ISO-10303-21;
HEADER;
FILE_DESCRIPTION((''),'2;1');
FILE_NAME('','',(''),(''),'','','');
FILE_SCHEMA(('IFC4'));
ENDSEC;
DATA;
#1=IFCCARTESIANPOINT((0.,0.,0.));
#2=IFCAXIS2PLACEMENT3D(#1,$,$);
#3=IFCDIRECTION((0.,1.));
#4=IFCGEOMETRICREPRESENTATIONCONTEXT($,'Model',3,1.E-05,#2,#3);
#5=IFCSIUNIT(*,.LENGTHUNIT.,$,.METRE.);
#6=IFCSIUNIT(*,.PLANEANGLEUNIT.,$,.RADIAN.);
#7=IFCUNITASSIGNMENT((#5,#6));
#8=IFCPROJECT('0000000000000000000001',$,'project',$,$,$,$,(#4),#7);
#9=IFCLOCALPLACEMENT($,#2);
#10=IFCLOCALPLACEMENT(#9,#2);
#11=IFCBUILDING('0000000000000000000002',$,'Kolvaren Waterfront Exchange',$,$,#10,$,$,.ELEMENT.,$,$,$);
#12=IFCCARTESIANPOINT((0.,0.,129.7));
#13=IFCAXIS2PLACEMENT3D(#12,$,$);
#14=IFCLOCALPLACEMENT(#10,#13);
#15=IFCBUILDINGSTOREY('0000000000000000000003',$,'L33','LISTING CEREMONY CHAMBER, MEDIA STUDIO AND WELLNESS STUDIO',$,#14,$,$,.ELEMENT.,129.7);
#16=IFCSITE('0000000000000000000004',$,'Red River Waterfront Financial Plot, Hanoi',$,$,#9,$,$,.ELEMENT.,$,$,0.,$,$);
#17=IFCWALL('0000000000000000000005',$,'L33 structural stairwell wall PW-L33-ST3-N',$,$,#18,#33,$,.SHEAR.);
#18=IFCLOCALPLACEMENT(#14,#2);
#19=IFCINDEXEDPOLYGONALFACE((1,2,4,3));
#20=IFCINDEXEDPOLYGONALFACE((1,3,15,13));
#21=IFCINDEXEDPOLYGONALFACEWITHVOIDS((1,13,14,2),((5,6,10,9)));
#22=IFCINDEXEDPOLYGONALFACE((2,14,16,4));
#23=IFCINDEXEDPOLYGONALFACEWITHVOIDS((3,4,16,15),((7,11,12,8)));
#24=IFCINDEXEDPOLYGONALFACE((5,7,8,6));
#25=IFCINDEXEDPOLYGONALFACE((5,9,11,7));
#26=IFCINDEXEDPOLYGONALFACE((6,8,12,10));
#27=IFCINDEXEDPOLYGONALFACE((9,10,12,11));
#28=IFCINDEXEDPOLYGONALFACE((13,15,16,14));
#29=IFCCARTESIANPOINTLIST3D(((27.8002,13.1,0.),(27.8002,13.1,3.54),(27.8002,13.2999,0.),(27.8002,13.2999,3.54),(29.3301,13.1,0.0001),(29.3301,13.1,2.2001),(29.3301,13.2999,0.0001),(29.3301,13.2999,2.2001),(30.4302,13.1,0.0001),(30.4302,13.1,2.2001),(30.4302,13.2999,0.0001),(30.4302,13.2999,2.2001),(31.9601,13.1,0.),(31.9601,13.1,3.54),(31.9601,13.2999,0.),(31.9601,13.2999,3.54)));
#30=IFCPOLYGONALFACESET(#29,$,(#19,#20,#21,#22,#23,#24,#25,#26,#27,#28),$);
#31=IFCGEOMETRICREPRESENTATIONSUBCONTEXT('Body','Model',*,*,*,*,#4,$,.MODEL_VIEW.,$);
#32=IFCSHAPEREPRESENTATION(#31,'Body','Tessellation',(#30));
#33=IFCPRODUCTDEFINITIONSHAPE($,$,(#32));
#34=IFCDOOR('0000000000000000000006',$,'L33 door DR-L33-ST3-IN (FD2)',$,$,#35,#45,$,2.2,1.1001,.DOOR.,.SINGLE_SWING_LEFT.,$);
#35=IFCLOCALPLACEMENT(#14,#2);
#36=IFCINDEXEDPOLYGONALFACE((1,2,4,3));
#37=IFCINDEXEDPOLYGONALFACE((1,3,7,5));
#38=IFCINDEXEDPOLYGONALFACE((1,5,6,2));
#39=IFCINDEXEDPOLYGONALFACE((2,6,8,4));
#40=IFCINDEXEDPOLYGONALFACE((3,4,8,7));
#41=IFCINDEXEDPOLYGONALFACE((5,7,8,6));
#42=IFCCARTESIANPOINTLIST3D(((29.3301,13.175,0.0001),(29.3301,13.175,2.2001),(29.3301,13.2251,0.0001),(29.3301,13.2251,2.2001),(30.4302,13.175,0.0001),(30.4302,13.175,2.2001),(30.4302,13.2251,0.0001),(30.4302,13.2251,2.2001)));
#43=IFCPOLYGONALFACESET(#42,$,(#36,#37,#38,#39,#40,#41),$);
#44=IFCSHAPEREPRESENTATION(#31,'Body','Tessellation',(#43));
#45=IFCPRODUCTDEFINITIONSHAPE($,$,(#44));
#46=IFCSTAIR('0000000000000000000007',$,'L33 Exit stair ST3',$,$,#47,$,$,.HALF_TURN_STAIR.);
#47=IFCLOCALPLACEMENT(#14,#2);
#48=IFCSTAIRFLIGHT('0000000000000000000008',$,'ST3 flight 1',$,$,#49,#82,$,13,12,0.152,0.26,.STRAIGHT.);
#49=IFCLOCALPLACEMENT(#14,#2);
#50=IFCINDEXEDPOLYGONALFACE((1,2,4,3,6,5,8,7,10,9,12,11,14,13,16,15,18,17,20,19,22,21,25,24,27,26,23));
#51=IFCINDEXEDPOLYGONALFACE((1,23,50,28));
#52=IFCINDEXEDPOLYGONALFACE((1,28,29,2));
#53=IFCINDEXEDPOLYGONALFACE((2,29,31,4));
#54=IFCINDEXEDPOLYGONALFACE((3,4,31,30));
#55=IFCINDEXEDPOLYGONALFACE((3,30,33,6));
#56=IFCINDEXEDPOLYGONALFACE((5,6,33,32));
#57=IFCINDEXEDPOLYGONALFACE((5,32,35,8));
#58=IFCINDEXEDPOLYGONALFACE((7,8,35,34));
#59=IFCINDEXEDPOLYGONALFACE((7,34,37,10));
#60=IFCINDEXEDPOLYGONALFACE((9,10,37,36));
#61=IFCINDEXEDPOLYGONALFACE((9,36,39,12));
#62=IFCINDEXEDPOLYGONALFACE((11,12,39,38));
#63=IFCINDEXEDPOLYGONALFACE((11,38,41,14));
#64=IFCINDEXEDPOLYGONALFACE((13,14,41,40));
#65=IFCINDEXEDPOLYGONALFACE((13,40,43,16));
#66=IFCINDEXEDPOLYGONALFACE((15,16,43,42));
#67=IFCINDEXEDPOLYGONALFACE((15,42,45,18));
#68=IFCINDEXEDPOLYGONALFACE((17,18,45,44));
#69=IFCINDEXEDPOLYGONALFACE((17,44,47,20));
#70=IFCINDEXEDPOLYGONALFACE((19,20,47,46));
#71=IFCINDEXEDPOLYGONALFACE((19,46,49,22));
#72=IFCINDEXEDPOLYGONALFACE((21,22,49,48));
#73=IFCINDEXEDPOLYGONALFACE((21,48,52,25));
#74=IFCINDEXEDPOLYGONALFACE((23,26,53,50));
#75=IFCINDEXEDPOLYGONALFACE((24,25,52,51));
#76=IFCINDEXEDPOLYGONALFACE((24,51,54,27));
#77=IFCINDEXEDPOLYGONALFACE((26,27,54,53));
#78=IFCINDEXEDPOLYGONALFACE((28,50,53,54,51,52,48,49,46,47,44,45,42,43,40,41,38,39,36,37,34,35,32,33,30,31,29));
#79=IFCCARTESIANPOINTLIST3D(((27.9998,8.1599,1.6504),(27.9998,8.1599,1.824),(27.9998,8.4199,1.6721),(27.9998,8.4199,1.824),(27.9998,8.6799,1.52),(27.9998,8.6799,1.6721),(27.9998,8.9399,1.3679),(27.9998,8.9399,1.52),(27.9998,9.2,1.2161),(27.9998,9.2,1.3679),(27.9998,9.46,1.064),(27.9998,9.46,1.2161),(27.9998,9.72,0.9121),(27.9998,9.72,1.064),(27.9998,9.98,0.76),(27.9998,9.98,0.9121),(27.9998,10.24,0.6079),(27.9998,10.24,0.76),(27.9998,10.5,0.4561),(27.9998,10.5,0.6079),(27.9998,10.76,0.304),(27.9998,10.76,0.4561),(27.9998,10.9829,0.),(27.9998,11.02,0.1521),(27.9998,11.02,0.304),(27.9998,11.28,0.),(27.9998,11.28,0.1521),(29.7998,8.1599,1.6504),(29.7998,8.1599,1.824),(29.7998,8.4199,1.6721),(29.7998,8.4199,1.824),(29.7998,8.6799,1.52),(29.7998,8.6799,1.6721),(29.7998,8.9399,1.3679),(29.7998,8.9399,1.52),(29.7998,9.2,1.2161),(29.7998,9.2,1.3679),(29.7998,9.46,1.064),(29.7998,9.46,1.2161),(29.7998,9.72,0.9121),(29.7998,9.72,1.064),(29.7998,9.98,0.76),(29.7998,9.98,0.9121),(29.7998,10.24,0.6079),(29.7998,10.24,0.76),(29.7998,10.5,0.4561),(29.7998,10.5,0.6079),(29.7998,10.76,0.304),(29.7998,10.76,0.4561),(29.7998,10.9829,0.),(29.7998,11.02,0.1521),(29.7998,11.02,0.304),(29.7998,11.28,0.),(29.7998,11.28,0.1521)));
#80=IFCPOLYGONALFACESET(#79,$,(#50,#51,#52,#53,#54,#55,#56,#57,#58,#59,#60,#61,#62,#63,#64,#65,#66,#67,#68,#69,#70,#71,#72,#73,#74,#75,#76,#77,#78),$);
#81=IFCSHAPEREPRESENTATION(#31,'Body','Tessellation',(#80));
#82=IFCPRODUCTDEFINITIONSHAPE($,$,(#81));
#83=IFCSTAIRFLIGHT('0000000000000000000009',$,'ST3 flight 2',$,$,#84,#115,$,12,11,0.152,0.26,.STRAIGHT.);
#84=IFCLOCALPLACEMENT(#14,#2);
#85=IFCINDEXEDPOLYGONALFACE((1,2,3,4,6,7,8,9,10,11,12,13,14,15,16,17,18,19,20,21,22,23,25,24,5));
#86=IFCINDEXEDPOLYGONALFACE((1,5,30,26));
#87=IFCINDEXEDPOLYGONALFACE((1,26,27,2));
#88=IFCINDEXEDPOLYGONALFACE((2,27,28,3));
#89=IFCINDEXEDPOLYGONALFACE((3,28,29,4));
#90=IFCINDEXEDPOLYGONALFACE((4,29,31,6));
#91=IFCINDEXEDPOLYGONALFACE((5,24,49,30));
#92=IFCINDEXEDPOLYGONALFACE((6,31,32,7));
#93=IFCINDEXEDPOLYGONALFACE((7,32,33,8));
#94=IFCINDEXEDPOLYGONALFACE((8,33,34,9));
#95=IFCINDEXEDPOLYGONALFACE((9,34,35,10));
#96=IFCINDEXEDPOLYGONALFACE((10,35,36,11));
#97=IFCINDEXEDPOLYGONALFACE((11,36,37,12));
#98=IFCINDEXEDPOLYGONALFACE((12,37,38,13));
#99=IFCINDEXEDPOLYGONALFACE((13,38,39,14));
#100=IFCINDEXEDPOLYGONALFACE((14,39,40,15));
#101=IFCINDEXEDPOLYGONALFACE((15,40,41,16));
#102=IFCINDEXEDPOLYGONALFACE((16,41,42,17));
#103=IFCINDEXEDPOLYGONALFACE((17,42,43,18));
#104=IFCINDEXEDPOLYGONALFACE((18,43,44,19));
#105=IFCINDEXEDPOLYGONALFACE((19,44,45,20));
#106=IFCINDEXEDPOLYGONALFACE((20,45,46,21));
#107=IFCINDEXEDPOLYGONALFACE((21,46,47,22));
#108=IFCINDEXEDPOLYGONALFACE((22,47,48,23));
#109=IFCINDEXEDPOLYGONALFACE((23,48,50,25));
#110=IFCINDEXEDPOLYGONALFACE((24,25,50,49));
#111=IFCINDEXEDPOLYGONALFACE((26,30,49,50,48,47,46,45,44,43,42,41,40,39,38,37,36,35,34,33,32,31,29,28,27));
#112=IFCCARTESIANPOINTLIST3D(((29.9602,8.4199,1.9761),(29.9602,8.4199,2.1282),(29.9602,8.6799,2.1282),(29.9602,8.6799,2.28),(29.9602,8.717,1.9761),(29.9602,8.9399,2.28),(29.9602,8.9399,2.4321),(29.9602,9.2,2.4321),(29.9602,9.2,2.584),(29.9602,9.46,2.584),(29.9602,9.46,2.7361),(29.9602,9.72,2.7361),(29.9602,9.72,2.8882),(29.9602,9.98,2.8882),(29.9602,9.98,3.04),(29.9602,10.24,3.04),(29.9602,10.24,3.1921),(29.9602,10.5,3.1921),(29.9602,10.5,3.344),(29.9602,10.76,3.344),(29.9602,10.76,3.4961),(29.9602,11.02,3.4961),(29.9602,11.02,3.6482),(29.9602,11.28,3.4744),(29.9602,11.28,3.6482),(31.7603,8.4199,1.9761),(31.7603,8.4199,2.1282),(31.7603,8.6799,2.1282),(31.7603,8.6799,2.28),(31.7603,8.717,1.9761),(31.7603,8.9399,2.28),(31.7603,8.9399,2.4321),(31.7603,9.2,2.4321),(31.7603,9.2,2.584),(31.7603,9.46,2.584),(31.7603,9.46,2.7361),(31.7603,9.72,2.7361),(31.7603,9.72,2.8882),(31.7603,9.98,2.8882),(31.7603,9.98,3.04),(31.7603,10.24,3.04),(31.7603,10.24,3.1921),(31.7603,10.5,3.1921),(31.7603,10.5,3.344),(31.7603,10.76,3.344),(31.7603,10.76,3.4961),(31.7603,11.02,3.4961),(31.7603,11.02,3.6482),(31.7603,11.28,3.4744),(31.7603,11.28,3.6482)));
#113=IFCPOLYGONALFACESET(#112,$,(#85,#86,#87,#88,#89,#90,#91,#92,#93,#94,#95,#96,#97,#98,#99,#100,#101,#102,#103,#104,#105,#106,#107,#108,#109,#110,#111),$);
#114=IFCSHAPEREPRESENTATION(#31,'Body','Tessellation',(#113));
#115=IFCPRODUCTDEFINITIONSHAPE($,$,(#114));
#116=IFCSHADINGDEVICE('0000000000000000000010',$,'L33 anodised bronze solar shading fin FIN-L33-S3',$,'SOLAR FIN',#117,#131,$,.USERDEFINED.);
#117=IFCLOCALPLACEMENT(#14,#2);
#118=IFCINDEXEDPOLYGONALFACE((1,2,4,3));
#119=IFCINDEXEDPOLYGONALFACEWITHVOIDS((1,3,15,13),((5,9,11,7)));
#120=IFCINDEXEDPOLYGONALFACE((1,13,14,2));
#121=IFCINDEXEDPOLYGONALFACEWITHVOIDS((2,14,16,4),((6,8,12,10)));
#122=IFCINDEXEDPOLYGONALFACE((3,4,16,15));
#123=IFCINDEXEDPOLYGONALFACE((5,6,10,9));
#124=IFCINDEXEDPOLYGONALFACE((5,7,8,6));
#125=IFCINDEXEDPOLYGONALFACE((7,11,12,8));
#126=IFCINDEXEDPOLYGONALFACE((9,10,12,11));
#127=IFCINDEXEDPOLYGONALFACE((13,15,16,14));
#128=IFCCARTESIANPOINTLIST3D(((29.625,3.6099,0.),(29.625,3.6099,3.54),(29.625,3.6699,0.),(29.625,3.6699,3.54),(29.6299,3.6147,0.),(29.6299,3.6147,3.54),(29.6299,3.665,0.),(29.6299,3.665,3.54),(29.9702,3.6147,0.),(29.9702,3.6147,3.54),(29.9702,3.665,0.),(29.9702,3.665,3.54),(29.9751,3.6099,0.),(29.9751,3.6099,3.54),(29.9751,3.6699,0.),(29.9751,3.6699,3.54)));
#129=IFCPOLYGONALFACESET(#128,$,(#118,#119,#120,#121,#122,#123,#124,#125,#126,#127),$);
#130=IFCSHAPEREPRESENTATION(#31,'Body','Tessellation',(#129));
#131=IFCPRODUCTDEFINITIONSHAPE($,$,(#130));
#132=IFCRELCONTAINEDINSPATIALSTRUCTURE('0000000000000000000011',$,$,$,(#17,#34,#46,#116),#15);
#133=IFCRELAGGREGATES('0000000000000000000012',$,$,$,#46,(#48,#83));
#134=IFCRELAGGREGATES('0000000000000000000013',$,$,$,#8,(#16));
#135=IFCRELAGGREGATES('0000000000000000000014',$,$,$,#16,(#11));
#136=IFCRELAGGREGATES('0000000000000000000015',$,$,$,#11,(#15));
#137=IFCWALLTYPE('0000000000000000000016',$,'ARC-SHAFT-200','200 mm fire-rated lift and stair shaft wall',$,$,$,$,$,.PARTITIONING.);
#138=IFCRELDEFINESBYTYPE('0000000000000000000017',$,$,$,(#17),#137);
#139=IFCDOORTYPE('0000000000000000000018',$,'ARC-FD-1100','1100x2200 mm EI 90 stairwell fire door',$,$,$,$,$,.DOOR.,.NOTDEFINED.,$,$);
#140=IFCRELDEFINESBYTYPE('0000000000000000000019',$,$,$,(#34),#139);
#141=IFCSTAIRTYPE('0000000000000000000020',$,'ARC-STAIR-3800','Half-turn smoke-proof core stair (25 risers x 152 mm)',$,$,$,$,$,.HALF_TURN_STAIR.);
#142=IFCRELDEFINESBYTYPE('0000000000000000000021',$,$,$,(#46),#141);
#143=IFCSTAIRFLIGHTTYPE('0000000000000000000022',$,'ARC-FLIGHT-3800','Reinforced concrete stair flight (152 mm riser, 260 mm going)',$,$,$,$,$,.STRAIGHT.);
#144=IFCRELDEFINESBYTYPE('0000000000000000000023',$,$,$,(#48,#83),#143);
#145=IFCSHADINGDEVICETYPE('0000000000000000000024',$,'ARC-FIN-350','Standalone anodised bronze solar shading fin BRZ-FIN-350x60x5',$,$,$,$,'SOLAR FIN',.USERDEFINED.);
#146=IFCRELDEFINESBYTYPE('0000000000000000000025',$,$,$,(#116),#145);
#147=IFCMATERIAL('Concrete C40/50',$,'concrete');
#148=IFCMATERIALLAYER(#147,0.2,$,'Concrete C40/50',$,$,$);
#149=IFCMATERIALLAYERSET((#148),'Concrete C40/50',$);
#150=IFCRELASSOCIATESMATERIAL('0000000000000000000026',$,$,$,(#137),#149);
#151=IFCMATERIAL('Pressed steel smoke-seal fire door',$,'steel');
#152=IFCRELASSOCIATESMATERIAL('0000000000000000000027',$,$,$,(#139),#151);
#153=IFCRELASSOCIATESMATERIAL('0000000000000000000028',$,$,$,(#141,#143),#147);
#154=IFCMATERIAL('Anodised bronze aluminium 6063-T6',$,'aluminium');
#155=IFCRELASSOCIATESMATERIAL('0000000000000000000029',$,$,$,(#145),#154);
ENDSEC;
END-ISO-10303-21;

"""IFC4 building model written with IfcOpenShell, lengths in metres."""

from ifc_helpers import new_model, si_unit, direction, frame, frame_2d, origin, origin_2d, place, context, subcontext, project, spatial, polyline, rectangle, hollow_rectangle, outline, extrude, material, layer, layer_set, material_profile, profile_set, type_object, element, fill, aggregate, save


model = new_model("IFC4")

# Units and contexts
model_context = context("Model", 3, precision=1e-05, world=origin(), true_north=direction((0.0, 1.0)))
body_context = subcontext(model_context, "Body", "Model", "MODEL_VIEW")
ifc_project = project(units=[si_unit("LENGTHUNIT", "METRE"), si_unit("PLANEANGLEUNIT", "RADIAN")], contexts=[model_context])

# Site, building, storey
site_placement = place(None, origin())
site = spatial("IfcSite", under=ifc_project, at=site_placement, Name="Red River Waterfront Financial Plot, Hanoi", CompositionType="ELEMENT", RefElevation=0.0)
building_placement = place(site_placement, origin())
building = spatial("IfcBuilding", under=site, at=building_placement, Name="Kolvaren Waterfront Exchange", CompositionType="ELEMENT")
storey_placement = place(building_placement, frame((0.0, 0.0, 129.7)))
storey = spatial("IfcBuildingStorey", under=building, at=storey_placement, Name="L33", Description="LISTING CEREMONY CHAMBER, MEDIA STUDIO AND WELLNESS STUDIO", CompositionType="ELEMENT", Elevation=129.7)

# Shared definitions
ifc_material_1 = material(Name="Anodised bronze aluminium 6063-T6", Category="aluminium")

# Shared definitions
ifc_material_2 = material(Name="Concrete C40/50", Category="concrete")
ifc_layer_1 = layer(ifc_material_2, 0.2, Name="Concrete C40/50")
ifc_layer_set_1 = layer_set([ifc_layer_1], Name="Concrete C40/50")
wall_type = type_object("IfcWallType", Name="ARC-SHAFT-200", Description="200 mm fire-rated lift and stair shaft wall", PredefinedType="PARTITIONING", material=ifc_layer_set_1)

# Wall, opening, door
wall_1_placement = place(storey_placement, frame((27.8, 13.2, 0.0), z_axis=(0.0, 0.0, 1.0), x_axis=(1.0, 0.0, 0.0)))
wall_1 = element("IfcWall", 1, at=wall_1_placement, inside=storey, type_object=wall_type, Name="L33 structural stairwell wall PW-L33-ST3-N", PredefinedType="SHEAR", context=body_context, shape_type="SweptSolid", body=[
    extrude(rectangle(XDim=4.1599, YDim=0.2, at=frame_2d((2.0801, 0.0))), origin(), (0.0, 0.0, 1.0), 3.54),
])
opening_placement = place(wall_1_placement, frame((1.53, 0.0, 0.0)))
opening = element("IfcOpeningElement", 2, at=opening_placement, cuts=wall_1, PredefinedType="OPENING", context=body_context, shape_type="SweptSolid", body=[
    extrude(rectangle(XDim=1.1001, YDim=2.2, at=frame_2d((0.55, 1.1001))), frame((0.0, 0.1099, 0.0), z_axis=(0.0, -1.0, 0.0), x_axis=(1.0, 0.0, 0.0)), (0.0, 0.0, 1.0), 0.22),
])
ifc_material_3 = material(Name="Pressed steel smoke-seal fire door", Category="steel")
door_type = type_object("IfcDoorType", Name="ARC-FD-1100", Description="1100x2200 mm EI 90 stairwell fire door", OperationType="NOTDEFINED", PredefinedType="DOOR", material=ifc_material_3)
door_placement = place(opening_placement, frame((1.1001, 0.0, 0.0), z_axis=(0.0, 0.0, 1.0), x_axis=(-1.0, 0.0, 0.0)))
door = element("IfcDoor", 3, at=door_placement, inside=storey, type_object=door_type, Name="L33 door DR-L33-ST3-IN (FD2)", OperationType="SINGLE_SWING_LEFT", OverallHeight=2.2, OverallWidth=1.1001, PredefinedType="DOOR", context=body_context, shape_type="SweptSolid", body=[
    extrude(rectangle(XDim=1.1001, YDim=2.2, at=frame_2d((0.55, 1.1001))), frame((0.0, 0.0249, 0.0), z_axis=(0.0, -1.0, 0.0), x_axis=(1.0, 0.0, 0.0)), (0.0, 0.0, 1.0), 0.05),
])
fill(opening, door)

# Stair, stair flights
stair_type = type_object("IfcStairType", Name="ARC-STAIR-3800", Description="Half-turn smoke-proof core stair (25 risers x 152 mm)", PredefinedType="HALF_TURN_STAIR", material=ifc_material_2)
stair_placement = place(storey_placement, origin())
stair = element("IfcStair", 4, at=stair_placement, inside=storey, type_object=stair_type, Name="L33 Exit stair ST3", PredefinedType="HALF_TURN_STAIR")
stair_flight_type = type_object("IfcStairFlightType", Name="ARC-FLIGHT-3800", Description="Reinforced concrete stair flight (152 mm riser, 260 mm going)", PredefinedType="STRAIGHT", material=ifc_material_2)
stair_flight_1_placement = place(storey_placement, frame((28.8999, 11.28, 0.0), z_axis=(0.0, 0.0, 1.0), x_axis=(0.0, -1.0, 0.0)))
stair_flight_1 = element("IfcStairFlight", 5, at=stair_flight_1_placement, type_object=stair_flight_type, Name="ST3 flight 1", NumberOfRisers=13, NumberOfTreads=12, PredefinedType="STRAIGHT", RiserHeight=0.152, TreadLength=0.26, context=body_context, shape_type="SweptSolid", body=[
    extrude(outline(polyline([(0.0, 0.0), (0.0, 0.1521), (0.26, 0.1521), (0.26, 0.304), (0.52, 0.304), (0.52, 0.4561), (0.78, 0.4561), (0.78, 0.6079), (1.04, 0.6079), (1.04, 0.76), (1.3, 0.76), (1.3, 0.9121), (1.5601, 0.9121), (1.5601, 1.064), (1.8201, 1.064), (1.8201, 1.2161), (2.0801, 1.2161), (2.0801, 1.3679), (2.3401, 1.3679), (2.3401, 1.52), (2.6001, 1.52), (2.6001, 1.6721), (2.8601, 1.6721), (2.8601, 1.824), (3.1201, 1.824), (3.1201, 1.9761), (3.1201, 1.6504), (0.2971, 0.0), (0.0, 0.0)])), frame((0.0, 0.8999, 0.0), z_axis=(0.0, -1.0, 0.0), x_axis=(1.0, 0.0, 0.0)), (0.0, 0.0, 1.0), 1.8),
])
stair_flight_2_placement = place(storey_placement, frame((30.8601, 8.4199, 1.9761), z_axis=(0.0, 0.0, 1.0), x_axis=(0.0, 1.0, 0.0)))
stair_flight_2 = element("IfcStairFlight", 6, at=stair_flight_2_placement, type_object=stair_flight_type, Name="ST3 flight 2", NumberOfRisers=12, NumberOfTreads=11, PredefinedType="STRAIGHT", RiserHeight=0.152, TreadLength=0.26, context=body_context, shape_type="SweptSolid", body=[
    extrude(outline(polyline([(0.0, 0.0), (0.0, 0.1521), (0.26, 0.1521), (0.26, 0.304), (0.52, 0.304), (0.52, 0.4561), (0.78, 0.4561), (0.78, 0.6079), (1.04, 0.6079), (1.04, 0.76), (1.3, 0.76), (1.3, 0.9121), (1.5601, 0.9121), (1.5601, 1.064), (1.8201, 1.064), (1.8201, 1.2161), (2.0801, 1.2161), (2.0801, 1.3679), (2.3401, 1.3679), (2.3401, 1.52), (2.6001, 1.52), (2.6001, 1.6721), (2.8601, 1.6721), (2.8601, 1.824), (2.8601, 1.4983), (0.2971, 0.0), (0.0, 0.0)])), frame((0.0, 0.8999, 0.0), z_axis=(0.0, -1.0, 0.0), x_axis=(1.0, 0.0, 0.0)), (0.0, 0.0, 1.0), 1.8),
])
aggregate(stair, [stair_flight_1, stair_flight_2])

# Shading device
ifc_material_profile_1 = material_profile(ifc_material_1, hollow_rectangle(XDim=0.0601, YDim=0.3501, WallThickness=0.0049, at=origin_2d()), Name="BRZ-FIN-350x60x5")
ifc_profile_set_1 = profile_set([ifc_material_profile_1], Name="Anodised bronze aluminium 6063-T6")
shading_device_type = type_object("IfcShadingDeviceType", Name="ARC-FIN-350", Description="Standalone anodised bronze solar shading fin BRZ-FIN-350x60x5", ElementType="SOLAR FIN", PredefinedType="USERDEFINED", material=ifc_profile_set_1)
shading_device_placement = place(storey_placement, frame((29.8, 3.6399, 0.0), z_axis=(0.0, 0.0, 1.0), x_axis=(0.0, -1.0, 0.0)))
element("IfcShadingDevice", 7, at=shading_device_placement, inside=storey, type_object=shading_device_type, Name="L33 anodised bronze solar shading fin FIN-L33-S3", ObjectType="SOLAR FIN", PredefinedType="USERDEFINED", context=body_context, shape_type="SweptSolid", body=[
    extrude(hollow_rectangle(XDim=0.0601, YDim=0.3501, WallThickness=0.0049, at=origin_2d()), origin(), (0.0, 0.0, 1.0), 3.54),
])

save(model, "model.ifc")
